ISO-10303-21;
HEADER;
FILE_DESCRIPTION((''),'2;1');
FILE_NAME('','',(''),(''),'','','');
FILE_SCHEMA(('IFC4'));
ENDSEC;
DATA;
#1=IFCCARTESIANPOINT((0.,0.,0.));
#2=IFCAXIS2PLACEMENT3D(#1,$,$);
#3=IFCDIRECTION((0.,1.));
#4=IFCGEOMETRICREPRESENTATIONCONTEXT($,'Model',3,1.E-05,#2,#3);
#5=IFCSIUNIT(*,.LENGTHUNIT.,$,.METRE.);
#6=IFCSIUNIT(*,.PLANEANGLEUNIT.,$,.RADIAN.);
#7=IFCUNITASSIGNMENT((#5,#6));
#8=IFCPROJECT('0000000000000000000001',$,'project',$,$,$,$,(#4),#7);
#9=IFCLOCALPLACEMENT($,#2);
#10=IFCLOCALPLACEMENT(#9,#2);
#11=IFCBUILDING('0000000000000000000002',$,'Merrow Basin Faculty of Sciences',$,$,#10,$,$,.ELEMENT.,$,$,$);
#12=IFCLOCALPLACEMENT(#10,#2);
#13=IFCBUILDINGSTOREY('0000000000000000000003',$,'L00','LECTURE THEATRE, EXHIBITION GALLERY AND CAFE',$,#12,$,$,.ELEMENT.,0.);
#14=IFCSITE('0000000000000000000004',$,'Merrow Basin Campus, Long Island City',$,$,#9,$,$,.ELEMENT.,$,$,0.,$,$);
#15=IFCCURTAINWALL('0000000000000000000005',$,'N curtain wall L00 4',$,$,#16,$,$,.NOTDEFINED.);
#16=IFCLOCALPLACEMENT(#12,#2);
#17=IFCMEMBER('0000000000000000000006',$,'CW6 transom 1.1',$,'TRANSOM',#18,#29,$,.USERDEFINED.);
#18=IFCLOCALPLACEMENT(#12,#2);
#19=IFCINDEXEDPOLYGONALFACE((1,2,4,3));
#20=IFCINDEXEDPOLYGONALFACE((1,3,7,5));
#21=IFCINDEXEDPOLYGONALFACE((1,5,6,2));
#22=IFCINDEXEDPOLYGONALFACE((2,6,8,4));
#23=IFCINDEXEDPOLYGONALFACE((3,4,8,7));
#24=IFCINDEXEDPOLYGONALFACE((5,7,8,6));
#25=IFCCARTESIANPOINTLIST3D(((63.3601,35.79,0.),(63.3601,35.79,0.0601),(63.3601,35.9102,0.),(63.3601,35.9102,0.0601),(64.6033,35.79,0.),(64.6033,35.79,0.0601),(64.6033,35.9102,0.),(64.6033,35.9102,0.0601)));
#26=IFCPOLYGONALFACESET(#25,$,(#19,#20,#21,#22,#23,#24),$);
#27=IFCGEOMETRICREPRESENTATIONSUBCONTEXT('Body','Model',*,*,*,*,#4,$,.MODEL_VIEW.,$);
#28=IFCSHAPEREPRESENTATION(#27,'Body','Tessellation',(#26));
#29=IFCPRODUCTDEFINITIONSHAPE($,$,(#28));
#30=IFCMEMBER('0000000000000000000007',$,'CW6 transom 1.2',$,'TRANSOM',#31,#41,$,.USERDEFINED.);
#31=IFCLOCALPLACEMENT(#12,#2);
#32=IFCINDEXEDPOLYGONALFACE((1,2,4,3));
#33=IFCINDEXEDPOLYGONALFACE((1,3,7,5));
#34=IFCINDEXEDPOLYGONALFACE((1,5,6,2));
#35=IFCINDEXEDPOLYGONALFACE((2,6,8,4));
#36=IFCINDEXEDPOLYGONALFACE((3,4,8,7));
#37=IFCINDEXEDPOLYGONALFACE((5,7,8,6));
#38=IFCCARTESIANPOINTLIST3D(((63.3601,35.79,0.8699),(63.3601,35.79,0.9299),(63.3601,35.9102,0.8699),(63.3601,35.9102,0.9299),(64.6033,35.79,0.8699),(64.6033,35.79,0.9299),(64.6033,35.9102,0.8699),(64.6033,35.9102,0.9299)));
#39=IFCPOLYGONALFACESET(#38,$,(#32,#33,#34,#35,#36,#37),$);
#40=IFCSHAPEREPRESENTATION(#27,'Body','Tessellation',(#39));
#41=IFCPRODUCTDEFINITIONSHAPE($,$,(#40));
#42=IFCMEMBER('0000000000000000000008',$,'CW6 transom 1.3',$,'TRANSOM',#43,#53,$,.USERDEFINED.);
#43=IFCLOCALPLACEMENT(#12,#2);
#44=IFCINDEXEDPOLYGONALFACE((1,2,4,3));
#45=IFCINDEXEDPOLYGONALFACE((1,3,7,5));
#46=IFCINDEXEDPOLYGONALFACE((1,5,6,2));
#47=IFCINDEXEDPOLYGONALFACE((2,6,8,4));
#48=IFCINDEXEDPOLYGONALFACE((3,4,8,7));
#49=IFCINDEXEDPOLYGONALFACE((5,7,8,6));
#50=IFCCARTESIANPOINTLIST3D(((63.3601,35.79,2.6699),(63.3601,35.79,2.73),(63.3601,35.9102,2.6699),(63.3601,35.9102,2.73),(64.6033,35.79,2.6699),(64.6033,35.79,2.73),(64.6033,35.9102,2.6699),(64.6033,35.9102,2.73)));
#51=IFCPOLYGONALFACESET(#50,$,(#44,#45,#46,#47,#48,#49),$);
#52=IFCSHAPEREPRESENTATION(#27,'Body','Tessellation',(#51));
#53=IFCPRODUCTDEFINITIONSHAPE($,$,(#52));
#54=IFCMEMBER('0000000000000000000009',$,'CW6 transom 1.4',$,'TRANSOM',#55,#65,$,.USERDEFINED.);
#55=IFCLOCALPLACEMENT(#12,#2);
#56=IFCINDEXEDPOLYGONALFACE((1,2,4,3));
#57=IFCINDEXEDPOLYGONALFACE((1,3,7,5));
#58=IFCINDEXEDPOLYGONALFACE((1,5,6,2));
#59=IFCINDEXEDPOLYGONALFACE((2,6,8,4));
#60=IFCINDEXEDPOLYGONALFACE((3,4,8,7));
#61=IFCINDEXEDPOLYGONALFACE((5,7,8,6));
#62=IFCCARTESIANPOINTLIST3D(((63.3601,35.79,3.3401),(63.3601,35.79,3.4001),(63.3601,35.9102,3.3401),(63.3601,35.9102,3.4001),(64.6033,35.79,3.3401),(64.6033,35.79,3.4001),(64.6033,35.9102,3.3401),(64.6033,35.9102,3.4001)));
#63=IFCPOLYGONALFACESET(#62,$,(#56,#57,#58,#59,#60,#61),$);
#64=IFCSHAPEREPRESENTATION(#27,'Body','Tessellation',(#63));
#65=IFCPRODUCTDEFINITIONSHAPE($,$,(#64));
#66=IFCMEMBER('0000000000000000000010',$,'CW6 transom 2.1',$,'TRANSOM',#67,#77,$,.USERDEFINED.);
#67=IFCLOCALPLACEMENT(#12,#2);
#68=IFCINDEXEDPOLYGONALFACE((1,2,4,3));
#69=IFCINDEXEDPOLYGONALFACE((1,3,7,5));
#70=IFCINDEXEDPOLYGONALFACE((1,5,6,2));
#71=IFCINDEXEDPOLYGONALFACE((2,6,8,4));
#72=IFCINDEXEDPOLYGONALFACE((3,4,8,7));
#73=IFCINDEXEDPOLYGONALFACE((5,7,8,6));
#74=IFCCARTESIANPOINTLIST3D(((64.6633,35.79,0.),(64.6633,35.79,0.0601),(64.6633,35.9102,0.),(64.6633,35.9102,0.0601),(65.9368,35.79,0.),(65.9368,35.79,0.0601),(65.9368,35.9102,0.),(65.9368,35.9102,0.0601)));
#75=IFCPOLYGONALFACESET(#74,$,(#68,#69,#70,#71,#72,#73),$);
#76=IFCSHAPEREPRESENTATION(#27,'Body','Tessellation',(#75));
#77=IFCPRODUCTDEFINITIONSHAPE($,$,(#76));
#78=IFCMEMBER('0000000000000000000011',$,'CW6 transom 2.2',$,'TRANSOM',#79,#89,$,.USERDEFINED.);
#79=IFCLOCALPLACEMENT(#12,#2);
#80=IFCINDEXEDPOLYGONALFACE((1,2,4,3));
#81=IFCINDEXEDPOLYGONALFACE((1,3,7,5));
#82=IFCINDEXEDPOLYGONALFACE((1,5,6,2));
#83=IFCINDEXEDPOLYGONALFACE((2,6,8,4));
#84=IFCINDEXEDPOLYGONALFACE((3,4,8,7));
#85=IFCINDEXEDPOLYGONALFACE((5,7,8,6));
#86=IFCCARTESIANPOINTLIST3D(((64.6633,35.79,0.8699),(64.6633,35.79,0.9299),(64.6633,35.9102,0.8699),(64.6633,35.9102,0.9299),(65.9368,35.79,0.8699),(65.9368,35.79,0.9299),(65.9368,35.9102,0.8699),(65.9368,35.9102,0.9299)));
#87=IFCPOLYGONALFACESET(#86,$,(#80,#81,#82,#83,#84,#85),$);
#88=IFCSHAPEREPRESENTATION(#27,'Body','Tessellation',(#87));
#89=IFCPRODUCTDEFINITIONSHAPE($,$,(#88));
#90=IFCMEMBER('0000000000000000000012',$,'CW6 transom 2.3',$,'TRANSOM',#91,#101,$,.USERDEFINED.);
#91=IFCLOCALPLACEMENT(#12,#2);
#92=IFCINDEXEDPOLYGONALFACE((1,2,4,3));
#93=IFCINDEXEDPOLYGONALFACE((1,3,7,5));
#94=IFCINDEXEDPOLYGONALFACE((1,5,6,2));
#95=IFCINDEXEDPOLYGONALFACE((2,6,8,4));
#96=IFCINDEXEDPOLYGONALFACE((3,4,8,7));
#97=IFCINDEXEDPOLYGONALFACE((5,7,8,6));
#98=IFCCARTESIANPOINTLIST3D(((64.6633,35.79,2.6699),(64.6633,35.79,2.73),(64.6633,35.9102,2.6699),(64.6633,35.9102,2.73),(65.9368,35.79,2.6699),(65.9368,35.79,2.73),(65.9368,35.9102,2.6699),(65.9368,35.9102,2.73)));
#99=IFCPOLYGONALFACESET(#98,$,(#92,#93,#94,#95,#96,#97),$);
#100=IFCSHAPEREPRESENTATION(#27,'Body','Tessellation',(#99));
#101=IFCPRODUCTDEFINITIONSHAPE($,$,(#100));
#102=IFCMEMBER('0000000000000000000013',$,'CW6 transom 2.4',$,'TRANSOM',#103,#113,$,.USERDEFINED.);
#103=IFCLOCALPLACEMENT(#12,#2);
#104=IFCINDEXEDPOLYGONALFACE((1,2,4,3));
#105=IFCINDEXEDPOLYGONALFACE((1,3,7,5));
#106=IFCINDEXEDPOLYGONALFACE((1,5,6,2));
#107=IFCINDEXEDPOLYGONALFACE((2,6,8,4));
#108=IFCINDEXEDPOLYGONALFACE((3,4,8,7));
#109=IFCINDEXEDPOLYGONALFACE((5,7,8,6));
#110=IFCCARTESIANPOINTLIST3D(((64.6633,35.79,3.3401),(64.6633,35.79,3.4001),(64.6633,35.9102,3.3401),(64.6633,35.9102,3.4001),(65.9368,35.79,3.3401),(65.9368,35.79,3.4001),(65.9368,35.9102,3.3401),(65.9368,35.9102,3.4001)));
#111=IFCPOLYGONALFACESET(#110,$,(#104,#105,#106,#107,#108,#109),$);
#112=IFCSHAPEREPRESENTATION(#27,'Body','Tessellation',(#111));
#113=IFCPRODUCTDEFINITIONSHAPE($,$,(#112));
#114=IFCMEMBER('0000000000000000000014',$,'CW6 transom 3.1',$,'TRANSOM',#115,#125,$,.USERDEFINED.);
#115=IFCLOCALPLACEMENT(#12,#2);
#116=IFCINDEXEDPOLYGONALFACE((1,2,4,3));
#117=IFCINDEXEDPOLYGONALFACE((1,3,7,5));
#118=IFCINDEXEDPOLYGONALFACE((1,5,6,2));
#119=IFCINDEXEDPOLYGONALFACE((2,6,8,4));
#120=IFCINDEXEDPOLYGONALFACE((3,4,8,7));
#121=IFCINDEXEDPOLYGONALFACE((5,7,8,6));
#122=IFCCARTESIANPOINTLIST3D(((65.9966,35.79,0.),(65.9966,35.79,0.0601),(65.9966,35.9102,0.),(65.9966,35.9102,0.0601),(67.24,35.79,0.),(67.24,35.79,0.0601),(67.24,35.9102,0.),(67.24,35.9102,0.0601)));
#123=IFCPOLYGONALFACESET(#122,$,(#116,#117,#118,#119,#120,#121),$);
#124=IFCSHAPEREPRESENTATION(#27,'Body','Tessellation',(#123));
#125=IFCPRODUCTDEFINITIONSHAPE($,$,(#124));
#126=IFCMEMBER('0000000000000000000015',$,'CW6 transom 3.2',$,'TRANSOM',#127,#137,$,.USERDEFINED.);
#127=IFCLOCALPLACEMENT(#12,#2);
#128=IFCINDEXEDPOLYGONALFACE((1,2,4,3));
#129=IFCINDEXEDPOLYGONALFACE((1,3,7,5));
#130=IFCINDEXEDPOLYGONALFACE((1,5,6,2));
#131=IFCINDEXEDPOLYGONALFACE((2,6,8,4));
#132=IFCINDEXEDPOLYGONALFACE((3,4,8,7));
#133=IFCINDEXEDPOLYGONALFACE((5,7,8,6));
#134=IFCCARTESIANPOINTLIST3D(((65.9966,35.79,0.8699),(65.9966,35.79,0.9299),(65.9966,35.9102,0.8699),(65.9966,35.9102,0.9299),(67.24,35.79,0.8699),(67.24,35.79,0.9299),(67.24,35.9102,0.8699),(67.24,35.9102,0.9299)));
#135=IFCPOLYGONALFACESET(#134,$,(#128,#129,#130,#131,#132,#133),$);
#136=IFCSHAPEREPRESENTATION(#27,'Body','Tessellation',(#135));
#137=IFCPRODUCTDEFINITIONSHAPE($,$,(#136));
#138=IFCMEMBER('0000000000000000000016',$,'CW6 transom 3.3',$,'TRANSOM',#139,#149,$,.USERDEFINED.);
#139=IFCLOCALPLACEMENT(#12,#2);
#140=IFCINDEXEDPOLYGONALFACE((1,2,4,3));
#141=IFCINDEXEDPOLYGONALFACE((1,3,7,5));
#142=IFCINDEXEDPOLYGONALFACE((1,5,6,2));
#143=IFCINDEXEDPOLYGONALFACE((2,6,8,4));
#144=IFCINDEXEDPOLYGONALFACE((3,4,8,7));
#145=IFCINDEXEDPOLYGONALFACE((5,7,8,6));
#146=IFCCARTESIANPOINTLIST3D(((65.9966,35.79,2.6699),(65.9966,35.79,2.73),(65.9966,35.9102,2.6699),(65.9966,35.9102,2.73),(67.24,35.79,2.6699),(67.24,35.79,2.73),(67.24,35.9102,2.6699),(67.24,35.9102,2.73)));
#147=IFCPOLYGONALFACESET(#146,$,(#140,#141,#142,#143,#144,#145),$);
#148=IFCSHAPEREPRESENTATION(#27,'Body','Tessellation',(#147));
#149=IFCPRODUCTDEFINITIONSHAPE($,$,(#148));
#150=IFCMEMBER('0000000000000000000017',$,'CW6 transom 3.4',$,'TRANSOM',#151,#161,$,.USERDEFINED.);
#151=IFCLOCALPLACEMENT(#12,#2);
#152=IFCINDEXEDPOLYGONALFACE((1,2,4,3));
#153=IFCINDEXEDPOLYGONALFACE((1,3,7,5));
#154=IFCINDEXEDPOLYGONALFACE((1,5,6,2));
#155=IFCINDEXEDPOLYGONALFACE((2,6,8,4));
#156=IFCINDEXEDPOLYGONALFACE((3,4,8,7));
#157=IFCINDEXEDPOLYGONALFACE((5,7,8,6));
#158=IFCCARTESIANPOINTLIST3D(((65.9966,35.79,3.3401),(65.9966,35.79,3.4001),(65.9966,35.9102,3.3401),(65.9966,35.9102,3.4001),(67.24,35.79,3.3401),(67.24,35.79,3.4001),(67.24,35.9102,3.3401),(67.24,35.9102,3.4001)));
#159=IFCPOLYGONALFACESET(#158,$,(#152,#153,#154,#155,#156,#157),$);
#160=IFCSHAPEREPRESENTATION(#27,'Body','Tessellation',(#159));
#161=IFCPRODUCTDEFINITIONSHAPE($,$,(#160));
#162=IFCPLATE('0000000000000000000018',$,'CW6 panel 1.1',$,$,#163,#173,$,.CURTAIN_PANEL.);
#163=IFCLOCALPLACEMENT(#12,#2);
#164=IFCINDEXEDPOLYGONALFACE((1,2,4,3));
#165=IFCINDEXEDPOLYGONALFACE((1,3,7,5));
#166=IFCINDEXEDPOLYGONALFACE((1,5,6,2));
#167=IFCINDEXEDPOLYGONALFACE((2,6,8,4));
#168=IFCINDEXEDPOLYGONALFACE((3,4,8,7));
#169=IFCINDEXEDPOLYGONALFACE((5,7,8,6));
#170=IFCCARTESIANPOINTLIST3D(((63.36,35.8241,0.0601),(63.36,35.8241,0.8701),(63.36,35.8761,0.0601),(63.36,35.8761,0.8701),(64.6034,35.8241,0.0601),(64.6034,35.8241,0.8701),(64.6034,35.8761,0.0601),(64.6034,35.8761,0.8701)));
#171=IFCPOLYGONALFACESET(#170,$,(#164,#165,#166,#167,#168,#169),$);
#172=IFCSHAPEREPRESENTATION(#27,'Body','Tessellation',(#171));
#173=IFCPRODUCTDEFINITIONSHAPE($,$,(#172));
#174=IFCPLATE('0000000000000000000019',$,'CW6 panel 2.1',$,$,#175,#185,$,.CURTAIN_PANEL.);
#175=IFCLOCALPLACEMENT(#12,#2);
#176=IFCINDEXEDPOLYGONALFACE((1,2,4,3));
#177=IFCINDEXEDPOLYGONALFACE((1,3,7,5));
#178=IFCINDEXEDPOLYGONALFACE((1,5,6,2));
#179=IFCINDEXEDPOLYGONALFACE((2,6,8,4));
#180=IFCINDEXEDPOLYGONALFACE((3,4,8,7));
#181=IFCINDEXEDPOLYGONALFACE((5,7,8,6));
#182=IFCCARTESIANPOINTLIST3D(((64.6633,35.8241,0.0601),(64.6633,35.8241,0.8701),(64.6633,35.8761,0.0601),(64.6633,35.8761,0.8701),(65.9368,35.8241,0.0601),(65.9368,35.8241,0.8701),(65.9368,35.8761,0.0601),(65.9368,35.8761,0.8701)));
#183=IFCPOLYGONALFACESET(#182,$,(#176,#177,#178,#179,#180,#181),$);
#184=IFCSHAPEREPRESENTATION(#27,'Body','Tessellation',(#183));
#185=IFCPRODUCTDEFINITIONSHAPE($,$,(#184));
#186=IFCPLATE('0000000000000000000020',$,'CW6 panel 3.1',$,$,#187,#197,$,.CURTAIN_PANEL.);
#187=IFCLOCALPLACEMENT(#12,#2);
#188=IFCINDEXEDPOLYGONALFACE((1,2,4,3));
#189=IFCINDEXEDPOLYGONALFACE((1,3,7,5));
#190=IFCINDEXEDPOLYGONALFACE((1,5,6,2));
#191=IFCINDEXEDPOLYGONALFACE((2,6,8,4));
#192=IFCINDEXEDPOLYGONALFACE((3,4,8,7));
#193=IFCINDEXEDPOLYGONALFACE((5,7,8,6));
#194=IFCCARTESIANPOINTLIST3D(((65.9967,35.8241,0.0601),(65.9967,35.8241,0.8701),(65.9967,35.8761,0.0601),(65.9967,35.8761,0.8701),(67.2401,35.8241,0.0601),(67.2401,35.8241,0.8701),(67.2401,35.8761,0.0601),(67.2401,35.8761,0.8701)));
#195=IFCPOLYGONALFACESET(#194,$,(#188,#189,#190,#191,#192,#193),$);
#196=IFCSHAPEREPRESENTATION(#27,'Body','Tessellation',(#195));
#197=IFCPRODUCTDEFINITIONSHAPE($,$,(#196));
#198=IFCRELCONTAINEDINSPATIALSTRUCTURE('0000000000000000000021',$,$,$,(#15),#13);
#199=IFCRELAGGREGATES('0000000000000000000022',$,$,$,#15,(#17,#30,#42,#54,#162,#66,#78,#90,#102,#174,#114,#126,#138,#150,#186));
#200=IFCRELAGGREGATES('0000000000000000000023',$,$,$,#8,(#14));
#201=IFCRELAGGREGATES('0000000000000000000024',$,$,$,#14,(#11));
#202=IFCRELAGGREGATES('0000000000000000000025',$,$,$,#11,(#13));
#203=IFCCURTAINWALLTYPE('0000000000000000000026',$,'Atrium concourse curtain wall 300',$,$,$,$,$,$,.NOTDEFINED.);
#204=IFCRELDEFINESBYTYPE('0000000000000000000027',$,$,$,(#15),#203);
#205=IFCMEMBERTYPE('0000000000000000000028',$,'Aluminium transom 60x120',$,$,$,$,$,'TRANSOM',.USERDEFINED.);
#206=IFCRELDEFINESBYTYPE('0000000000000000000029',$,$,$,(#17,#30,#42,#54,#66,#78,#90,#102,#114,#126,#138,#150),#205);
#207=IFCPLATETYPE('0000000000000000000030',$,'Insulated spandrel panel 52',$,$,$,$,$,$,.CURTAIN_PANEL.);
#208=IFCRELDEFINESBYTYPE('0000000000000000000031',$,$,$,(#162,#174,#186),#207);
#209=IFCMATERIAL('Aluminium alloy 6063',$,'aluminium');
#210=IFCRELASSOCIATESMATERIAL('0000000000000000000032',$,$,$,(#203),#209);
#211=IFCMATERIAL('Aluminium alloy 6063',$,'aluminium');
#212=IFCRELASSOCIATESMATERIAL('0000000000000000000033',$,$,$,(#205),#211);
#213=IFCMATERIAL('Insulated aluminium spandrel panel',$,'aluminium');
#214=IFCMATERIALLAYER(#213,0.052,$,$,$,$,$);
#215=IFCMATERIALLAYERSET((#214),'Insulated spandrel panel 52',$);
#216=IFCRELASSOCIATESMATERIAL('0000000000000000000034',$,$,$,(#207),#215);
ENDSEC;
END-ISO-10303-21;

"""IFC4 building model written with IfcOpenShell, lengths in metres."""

from ifc_helpers import new_model, si_unit, direction, frame, origin, origin_2d, place, context, subcontext, project, spatial, rectangle, extrude, material, layer, layer_set, material_profile, profile_set, type_object, element, aggregate, save


model = new_model("IFC4")

# Units and contexts
model_context = context("Model", 3, precision=1e-05, world=origin(), true_north=direction((0.0, 1.0)))
body_context = subcontext(model_context, "Body", "Model", "MODEL_VIEW")
ifc_project = project(units=[si_unit("LENGTHUNIT", "METRE"), si_unit("PLANEANGLEUNIT", "RADIAN")], contexts=[model_context])

# Site, building, storey
site_placement = place(None, origin())
site = spatial("IfcSite", under=ifc_project, at=site_placement, Name="Merrow Basin Campus, Long Island City", CompositionType="ELEMENT", RefElevation=0.0)
building_placement = place(site_placement, origin())
building = spatial("IfcBuilding", under=site, at=building_placement, Name="Merrow Basin Faculty of Sciences", CompositionType="ELEMENT")
storey_placement = place(building_placement, origin())
storey = spatial("IfcBuildingStorey", under=building, at=storey_placement, Name="L00", Description="LECTURE THEATRE, EXHIBITION GALLERY AND CAFE", CompositionType="ELEMENT", Elevation=0.0)

# Curtain wall, members, plates
ifc_material_1 = material(Name="Aluminium alloy 6063", Category="aluminium")
curtain_wall_type = type_object("IfcCurtainWallType", Name="Atrium concourse curtain wall 300", PredefinedType="NOTDEFINED", material=ifc_material_1)
curtain_wall_placement = place(storey_placement, origin())
curtain_wall = element("IfcCurtainWall", 1, at=curtain_wall_placement, inside=storey, type_object=curtain_wall_type, Name="N curtain wall L00 4", PredefinedType="NOTDEFINED")
ifc_material_2 = material(Name="Aluminium alloy 6063", Category="aluminium")
ifc_material_profile_1 = material_profile(ifc_material_2, rectangle(XDim=0.1201, YDim=0.0601, at=origin_2d()))
ifc_profile_set_1 = profile_set([ifc_material_profile_1], Name="Aluminium alloy 6063")
member_type_1 = type_object("IfcMemberType", Name="Aluminium transom 60x120", ElementType="TRANSOM", PredefinedType="USERDEFINED", material=ifc_profile_set_1)
member_1_placement = place(storey_placement, frame((63.3601, 35.8501, 0.03), z_axis=(1.0, 0.0, 0.0), x_axis=(0.0, 1.0, 0.0)))
member_1 = element("IfcMember", 2, at=member_1_placement, type_object=member_type_1, Name="CW6 transom 1.1", ObjectType="TRANSOM", PredefinedType="USERDEFINED", context=body_context, shape_type="SweptSolid", body=[
    extrude(rectangle(XDim=0.1201, YDim=0.0601, at=origin_2d()), origin(), (0.0, 0.0, 1.0), 1.2432),
])
member_2_placement = place(storey_placement, frame((63.3601, 35.8501, 0.8999), z_axis=(1.0, 0.0, 0.0), x_axis=(0.0, 1.0, 0.0)))
member_2 = element("IfcMember", 3, at=member_2_placement, type_object=member_type_1, Name="CW6 transom 1.2", ObjectType="TRANSOM", PredefinedType="USERDEFINED", context=body_context, shape_type="SweptSolid", body=[
    extrude(rectangle(XDim=0.1201, YDim=0.0601, at=origin_2d()), origin(), (0.0, 0.0, 1.0), 1.2432),
])
member_3_placement = place(storey_placement, frame((63.3601, 35.8501, 2.7), z_axis=(1.0, 0.0, 0.0), x_axis=(0.0, 1.0, 0.0)))
member_3 = element("IfcMember", 4, at=member_3_placement, type_object=member_type_1, Name="CW6 transom 1.3", ObjectType="TRANSOM", PredefinedType="USERDEFINED", context=body_context, shape_type="SweptSolid", body=[
    extrude(rectangle(XDim=0.1201, YDim=0.0601, at=origin_2d()), origin(), (0.0, 0.0, 1.0), 1.2432),
])
member_4_placement = place(storey_placement, frame((63.3601, 35.8501, 3.3701), z_axis=(1.0, 0.0, 0.0), x_axis=(0.0, 1.0, 0.0)))
member_4 = element("IfcMember", 5, at=member_4_placement, type_object=member_type_1, Name="CW6 transom 1.4", ObjectType="TRANSOM", PredefinedType="USERDEFINED", context=body_context, shape_type="SweptSolid", body=[
    extrude(rectangle(XDim=0.1201, YDim=0.0601, at=origin_2d()), origin(), (0.0, 0.0, 1.0), 1.2432),
])
member_5_placement = place(storey_placement, frame((64.6633, 35.8501, 0.03), z_axis=(1.0, 0.0, 0.0), x_axis=(0.0, 1.0, 0.0)))
member_5 = element("IfcMember", 6, at=member_5_placement, type_object=member_type_1, Name="CW6 transom 2.1", ObjectType="TRANSOM", PredefinedType="USERDEFINED", context=body_context, shape_type="SweptSolid", body=[
    extrude(rectangle(XDim=0.1201, YDim=0.0601, at=origin_2d()), origin(), (0.0, 0.0, 1.0), 1.2734),
])
member_6_placement = place(storey_placement, frame((64.6633, 35.8501, 0.8999), z_axis=(1.0, 0.0, 0.0), x_axis=(0.0, 1.0, 0.0)))
member_6 = element("IfcMember", 7, at=member_6_placement, type_object=member_type_1, Name="CW6 transom 2.2", ObjectType="TRANSOM", PredefinedType="USERDEFINED", context=body_context, shape_type="SweptSolid", body=[
    extrude(rectangle(XDim=0.1201, YDim=0.0601, at=origin_2d()), origin(), (0.0, 0.0, 1.0), 1.2734),
])
member_7_placement = place(storey_placement, frame((64.6633, 35.8501, 2.7), z_axis=(1.0, 0.0, 0.0), x_axis=(0.0, 1.0, 0.0)))
member_7 = element("IfcMember", 8, at=member_7_placement, type_object=member_type_1, Name="CW6 transom 2.3", ObjectType="TRANSOM", PredefinedType="USERDEFINED", context=body_context, shape_type="SweptSolid", body=[
    extrude(rectangle(XDim=0.1201, YDim=0.0601, at=origin_2d()), origin(), (0.0, 0.0, 1.0), 1.2734),
])
member_8_placement = place(storey_placement, frame((64.6633, 35.8501, 3.3701), z_axis=(1.0, 0.0, 0.0), x_axis=(0.0, 1.0, 0.0)))
member_8 = element("IfcMember", 9, at=member_8_placement, type_object=member_type_1, Name="CW6 transom 2.4", ObjectType="TRANSOM", PredefinedType="USERDEFINED", context=body_context, shape_type="SweptSolid", body=[
    extrude(rectangle(XDim=0.1201, YDim=0.0601, at=origin_2d()), origin(), (0.0, 0.0, 1.0), 1.2734),
])
member_9_placement = place(storey_placement, frame((65.9966, 35.8501, 0.03), z_axis=(1.0, 0.0, 0.0), x_axis=(0.0, 1.0, 0.0)))
member_9 = element("IfcMember", 10, at=member_9_placement, type_object=member_type_1, Name="CW6 transom 3.1", ObjectType="TRANSOM", PredefinedType="USERDEFINED", context=body_context, shape_type="SweptSolid", body=[
    extrude(rectangle(XDim=0.1201, YDim=0.0601, at=origin_2d()), origin(), (0.0, 0.0, 1.0), 1.2434),
])
member_10_placement = place(storey_placement, frame((65.9966, 35.8501, 0.8999), z_axis=(1.0, 0.0, 0.0), x_axis=(0.0, 1.0, 0.0)))
member_10 = element("IfcMember", 11, at=member_10_placement, type_object=member_type_1, Name="CW6 transom 3.2", ObjectType="TRANSOM", PredefinedType="USERDEFINED", context=body_context, shape_type="SweptSolid", body=[
    extrude(rectangle(XDim=0.1201, YDim=0.0601, at=origin_2d()), origin(), (0.0, 0.0, 1.0), 1.2434),
])
member_11_placement = place(storey_placement, frame((65.9966, 35.8501, 2.7), z_axis=(1.0, 0.0, 0.0), x_axis=(0.0, 1.0, 0.0)))
member_11 = element("IfcMember", 12, at=member_11_placement, type_object=member_type_1, Name="CW6 transom 3.3", ObjectType="TRANSOM", PredefinedType="USERDEFINED", context=body_context, shape_type="SweptSolid", body=[
    extrude(rectangle(XDim=0.1201, YDim=0.0601, at=origin_2d()), origin(), (0.0, 0.0, 1.0), 1.2434),
])
member_12_placement = place(storey_placement, frame((65.9966, 35.8501, 3.3701), z_axis=(1.0, 0.0, 0.0), x_axis=(0.0, 1.0, 0.0)))
member_12 = element("IfcMember", 13, at=member_12_placement, type_object=member_type_1, Name="CW6 transom 3.4", ObjectType="TRANSOM", PredefinedType="USERDEFINED", context=body_context, shape_type="SweptSolid", body=[
    extrude(rectangle(XDim=0.1201, YDim=0.0601, at=origin_2d()), origin(), (0.0, 0.0, 1.0), 1.2434),
])
ifc_material_3 = material(Name="Insulated aluminium spandrel panel", Category="aluminium")
ifc_layer_1 = layer(ifc_material_3, 0.052)
ifc_layer_set_1 = layer_set([ifc_layer_1], Name="Insulated spandrel panel 52")
plate_type_1 = type_object("IfcPlateType", Name="Insulated spandrel panel 52", PredefinedType="CURTAIN_PANEL", material=ifc_layer_set_1)
plate_1_placement = place(storey_placement, frame((63.9817, 35.8501, 0.0601), z_axis=(0.0, 0.0, 1.0), x_axis=(1.0, 0.0, 0.0)))
plate_1 = element("IfcPlate", 14, at=plate_1_placement, type_object=plate_type_1, Name="CW6 panel 1.1", PredefinedType="CURTAIN_PANEL", context=body_context, shape_type="SweptSolid", body=[
    extrude(rectangle(XDim=1.2434, YDim=0.052, at=origin_2d()), origin(), (0.0, 0.0, 1.0), 0.8101),
])
plate_2_placement = place(storey_placement, frame((65.3, 35.8501, 0.0601), z_axis=(0.0, 0.0, 1.0), x_axis=(1.0, 0.0, 0.0)))
plate_2 = element("IfcPlate", 15, at=plate_2_placement, type_object=plate_type_1, Name="CW6 panel 2.1", PredefinedType="CURTAIN_PANEL", context=body_context, shape_type="SweptSolid", body=[
    extrude(rectangle(XDim=1.2734, YDim=0.052, at=origin_2d()), origin(), (0.0, 0.0, 1.0), 0.8101),
])
plate_3_placement = place(storey_placement, frame((66.6184, 35.8501, 0.0601), z_axis=(0.0, 0.0, 1.0), x_axis=(1.0, 0.0, 0.0)))
plate_3 = element("IfcPlate", 16, at=plate_3_placement, type_object=plate_type_1, Name="CW6 panel 3.1", PredefinedType="CURTAIN_PANEL", context=body_context, shape_type="SweptSolid", body=[
    extrude(rectangle(XDim=1.2434, YDim=0.052, at=origin_2d()), origin(), (0.0, 0.0, 1.0), 0.8101),
])
aggregate(curtain_wall, [member_1, member_2, member_3, member_4, plate_1, member_5, member_6, member_7, member_8, plate_2, member_9, member_10, member_11, member_12, plate_3])

save(model, "model.ifc")
